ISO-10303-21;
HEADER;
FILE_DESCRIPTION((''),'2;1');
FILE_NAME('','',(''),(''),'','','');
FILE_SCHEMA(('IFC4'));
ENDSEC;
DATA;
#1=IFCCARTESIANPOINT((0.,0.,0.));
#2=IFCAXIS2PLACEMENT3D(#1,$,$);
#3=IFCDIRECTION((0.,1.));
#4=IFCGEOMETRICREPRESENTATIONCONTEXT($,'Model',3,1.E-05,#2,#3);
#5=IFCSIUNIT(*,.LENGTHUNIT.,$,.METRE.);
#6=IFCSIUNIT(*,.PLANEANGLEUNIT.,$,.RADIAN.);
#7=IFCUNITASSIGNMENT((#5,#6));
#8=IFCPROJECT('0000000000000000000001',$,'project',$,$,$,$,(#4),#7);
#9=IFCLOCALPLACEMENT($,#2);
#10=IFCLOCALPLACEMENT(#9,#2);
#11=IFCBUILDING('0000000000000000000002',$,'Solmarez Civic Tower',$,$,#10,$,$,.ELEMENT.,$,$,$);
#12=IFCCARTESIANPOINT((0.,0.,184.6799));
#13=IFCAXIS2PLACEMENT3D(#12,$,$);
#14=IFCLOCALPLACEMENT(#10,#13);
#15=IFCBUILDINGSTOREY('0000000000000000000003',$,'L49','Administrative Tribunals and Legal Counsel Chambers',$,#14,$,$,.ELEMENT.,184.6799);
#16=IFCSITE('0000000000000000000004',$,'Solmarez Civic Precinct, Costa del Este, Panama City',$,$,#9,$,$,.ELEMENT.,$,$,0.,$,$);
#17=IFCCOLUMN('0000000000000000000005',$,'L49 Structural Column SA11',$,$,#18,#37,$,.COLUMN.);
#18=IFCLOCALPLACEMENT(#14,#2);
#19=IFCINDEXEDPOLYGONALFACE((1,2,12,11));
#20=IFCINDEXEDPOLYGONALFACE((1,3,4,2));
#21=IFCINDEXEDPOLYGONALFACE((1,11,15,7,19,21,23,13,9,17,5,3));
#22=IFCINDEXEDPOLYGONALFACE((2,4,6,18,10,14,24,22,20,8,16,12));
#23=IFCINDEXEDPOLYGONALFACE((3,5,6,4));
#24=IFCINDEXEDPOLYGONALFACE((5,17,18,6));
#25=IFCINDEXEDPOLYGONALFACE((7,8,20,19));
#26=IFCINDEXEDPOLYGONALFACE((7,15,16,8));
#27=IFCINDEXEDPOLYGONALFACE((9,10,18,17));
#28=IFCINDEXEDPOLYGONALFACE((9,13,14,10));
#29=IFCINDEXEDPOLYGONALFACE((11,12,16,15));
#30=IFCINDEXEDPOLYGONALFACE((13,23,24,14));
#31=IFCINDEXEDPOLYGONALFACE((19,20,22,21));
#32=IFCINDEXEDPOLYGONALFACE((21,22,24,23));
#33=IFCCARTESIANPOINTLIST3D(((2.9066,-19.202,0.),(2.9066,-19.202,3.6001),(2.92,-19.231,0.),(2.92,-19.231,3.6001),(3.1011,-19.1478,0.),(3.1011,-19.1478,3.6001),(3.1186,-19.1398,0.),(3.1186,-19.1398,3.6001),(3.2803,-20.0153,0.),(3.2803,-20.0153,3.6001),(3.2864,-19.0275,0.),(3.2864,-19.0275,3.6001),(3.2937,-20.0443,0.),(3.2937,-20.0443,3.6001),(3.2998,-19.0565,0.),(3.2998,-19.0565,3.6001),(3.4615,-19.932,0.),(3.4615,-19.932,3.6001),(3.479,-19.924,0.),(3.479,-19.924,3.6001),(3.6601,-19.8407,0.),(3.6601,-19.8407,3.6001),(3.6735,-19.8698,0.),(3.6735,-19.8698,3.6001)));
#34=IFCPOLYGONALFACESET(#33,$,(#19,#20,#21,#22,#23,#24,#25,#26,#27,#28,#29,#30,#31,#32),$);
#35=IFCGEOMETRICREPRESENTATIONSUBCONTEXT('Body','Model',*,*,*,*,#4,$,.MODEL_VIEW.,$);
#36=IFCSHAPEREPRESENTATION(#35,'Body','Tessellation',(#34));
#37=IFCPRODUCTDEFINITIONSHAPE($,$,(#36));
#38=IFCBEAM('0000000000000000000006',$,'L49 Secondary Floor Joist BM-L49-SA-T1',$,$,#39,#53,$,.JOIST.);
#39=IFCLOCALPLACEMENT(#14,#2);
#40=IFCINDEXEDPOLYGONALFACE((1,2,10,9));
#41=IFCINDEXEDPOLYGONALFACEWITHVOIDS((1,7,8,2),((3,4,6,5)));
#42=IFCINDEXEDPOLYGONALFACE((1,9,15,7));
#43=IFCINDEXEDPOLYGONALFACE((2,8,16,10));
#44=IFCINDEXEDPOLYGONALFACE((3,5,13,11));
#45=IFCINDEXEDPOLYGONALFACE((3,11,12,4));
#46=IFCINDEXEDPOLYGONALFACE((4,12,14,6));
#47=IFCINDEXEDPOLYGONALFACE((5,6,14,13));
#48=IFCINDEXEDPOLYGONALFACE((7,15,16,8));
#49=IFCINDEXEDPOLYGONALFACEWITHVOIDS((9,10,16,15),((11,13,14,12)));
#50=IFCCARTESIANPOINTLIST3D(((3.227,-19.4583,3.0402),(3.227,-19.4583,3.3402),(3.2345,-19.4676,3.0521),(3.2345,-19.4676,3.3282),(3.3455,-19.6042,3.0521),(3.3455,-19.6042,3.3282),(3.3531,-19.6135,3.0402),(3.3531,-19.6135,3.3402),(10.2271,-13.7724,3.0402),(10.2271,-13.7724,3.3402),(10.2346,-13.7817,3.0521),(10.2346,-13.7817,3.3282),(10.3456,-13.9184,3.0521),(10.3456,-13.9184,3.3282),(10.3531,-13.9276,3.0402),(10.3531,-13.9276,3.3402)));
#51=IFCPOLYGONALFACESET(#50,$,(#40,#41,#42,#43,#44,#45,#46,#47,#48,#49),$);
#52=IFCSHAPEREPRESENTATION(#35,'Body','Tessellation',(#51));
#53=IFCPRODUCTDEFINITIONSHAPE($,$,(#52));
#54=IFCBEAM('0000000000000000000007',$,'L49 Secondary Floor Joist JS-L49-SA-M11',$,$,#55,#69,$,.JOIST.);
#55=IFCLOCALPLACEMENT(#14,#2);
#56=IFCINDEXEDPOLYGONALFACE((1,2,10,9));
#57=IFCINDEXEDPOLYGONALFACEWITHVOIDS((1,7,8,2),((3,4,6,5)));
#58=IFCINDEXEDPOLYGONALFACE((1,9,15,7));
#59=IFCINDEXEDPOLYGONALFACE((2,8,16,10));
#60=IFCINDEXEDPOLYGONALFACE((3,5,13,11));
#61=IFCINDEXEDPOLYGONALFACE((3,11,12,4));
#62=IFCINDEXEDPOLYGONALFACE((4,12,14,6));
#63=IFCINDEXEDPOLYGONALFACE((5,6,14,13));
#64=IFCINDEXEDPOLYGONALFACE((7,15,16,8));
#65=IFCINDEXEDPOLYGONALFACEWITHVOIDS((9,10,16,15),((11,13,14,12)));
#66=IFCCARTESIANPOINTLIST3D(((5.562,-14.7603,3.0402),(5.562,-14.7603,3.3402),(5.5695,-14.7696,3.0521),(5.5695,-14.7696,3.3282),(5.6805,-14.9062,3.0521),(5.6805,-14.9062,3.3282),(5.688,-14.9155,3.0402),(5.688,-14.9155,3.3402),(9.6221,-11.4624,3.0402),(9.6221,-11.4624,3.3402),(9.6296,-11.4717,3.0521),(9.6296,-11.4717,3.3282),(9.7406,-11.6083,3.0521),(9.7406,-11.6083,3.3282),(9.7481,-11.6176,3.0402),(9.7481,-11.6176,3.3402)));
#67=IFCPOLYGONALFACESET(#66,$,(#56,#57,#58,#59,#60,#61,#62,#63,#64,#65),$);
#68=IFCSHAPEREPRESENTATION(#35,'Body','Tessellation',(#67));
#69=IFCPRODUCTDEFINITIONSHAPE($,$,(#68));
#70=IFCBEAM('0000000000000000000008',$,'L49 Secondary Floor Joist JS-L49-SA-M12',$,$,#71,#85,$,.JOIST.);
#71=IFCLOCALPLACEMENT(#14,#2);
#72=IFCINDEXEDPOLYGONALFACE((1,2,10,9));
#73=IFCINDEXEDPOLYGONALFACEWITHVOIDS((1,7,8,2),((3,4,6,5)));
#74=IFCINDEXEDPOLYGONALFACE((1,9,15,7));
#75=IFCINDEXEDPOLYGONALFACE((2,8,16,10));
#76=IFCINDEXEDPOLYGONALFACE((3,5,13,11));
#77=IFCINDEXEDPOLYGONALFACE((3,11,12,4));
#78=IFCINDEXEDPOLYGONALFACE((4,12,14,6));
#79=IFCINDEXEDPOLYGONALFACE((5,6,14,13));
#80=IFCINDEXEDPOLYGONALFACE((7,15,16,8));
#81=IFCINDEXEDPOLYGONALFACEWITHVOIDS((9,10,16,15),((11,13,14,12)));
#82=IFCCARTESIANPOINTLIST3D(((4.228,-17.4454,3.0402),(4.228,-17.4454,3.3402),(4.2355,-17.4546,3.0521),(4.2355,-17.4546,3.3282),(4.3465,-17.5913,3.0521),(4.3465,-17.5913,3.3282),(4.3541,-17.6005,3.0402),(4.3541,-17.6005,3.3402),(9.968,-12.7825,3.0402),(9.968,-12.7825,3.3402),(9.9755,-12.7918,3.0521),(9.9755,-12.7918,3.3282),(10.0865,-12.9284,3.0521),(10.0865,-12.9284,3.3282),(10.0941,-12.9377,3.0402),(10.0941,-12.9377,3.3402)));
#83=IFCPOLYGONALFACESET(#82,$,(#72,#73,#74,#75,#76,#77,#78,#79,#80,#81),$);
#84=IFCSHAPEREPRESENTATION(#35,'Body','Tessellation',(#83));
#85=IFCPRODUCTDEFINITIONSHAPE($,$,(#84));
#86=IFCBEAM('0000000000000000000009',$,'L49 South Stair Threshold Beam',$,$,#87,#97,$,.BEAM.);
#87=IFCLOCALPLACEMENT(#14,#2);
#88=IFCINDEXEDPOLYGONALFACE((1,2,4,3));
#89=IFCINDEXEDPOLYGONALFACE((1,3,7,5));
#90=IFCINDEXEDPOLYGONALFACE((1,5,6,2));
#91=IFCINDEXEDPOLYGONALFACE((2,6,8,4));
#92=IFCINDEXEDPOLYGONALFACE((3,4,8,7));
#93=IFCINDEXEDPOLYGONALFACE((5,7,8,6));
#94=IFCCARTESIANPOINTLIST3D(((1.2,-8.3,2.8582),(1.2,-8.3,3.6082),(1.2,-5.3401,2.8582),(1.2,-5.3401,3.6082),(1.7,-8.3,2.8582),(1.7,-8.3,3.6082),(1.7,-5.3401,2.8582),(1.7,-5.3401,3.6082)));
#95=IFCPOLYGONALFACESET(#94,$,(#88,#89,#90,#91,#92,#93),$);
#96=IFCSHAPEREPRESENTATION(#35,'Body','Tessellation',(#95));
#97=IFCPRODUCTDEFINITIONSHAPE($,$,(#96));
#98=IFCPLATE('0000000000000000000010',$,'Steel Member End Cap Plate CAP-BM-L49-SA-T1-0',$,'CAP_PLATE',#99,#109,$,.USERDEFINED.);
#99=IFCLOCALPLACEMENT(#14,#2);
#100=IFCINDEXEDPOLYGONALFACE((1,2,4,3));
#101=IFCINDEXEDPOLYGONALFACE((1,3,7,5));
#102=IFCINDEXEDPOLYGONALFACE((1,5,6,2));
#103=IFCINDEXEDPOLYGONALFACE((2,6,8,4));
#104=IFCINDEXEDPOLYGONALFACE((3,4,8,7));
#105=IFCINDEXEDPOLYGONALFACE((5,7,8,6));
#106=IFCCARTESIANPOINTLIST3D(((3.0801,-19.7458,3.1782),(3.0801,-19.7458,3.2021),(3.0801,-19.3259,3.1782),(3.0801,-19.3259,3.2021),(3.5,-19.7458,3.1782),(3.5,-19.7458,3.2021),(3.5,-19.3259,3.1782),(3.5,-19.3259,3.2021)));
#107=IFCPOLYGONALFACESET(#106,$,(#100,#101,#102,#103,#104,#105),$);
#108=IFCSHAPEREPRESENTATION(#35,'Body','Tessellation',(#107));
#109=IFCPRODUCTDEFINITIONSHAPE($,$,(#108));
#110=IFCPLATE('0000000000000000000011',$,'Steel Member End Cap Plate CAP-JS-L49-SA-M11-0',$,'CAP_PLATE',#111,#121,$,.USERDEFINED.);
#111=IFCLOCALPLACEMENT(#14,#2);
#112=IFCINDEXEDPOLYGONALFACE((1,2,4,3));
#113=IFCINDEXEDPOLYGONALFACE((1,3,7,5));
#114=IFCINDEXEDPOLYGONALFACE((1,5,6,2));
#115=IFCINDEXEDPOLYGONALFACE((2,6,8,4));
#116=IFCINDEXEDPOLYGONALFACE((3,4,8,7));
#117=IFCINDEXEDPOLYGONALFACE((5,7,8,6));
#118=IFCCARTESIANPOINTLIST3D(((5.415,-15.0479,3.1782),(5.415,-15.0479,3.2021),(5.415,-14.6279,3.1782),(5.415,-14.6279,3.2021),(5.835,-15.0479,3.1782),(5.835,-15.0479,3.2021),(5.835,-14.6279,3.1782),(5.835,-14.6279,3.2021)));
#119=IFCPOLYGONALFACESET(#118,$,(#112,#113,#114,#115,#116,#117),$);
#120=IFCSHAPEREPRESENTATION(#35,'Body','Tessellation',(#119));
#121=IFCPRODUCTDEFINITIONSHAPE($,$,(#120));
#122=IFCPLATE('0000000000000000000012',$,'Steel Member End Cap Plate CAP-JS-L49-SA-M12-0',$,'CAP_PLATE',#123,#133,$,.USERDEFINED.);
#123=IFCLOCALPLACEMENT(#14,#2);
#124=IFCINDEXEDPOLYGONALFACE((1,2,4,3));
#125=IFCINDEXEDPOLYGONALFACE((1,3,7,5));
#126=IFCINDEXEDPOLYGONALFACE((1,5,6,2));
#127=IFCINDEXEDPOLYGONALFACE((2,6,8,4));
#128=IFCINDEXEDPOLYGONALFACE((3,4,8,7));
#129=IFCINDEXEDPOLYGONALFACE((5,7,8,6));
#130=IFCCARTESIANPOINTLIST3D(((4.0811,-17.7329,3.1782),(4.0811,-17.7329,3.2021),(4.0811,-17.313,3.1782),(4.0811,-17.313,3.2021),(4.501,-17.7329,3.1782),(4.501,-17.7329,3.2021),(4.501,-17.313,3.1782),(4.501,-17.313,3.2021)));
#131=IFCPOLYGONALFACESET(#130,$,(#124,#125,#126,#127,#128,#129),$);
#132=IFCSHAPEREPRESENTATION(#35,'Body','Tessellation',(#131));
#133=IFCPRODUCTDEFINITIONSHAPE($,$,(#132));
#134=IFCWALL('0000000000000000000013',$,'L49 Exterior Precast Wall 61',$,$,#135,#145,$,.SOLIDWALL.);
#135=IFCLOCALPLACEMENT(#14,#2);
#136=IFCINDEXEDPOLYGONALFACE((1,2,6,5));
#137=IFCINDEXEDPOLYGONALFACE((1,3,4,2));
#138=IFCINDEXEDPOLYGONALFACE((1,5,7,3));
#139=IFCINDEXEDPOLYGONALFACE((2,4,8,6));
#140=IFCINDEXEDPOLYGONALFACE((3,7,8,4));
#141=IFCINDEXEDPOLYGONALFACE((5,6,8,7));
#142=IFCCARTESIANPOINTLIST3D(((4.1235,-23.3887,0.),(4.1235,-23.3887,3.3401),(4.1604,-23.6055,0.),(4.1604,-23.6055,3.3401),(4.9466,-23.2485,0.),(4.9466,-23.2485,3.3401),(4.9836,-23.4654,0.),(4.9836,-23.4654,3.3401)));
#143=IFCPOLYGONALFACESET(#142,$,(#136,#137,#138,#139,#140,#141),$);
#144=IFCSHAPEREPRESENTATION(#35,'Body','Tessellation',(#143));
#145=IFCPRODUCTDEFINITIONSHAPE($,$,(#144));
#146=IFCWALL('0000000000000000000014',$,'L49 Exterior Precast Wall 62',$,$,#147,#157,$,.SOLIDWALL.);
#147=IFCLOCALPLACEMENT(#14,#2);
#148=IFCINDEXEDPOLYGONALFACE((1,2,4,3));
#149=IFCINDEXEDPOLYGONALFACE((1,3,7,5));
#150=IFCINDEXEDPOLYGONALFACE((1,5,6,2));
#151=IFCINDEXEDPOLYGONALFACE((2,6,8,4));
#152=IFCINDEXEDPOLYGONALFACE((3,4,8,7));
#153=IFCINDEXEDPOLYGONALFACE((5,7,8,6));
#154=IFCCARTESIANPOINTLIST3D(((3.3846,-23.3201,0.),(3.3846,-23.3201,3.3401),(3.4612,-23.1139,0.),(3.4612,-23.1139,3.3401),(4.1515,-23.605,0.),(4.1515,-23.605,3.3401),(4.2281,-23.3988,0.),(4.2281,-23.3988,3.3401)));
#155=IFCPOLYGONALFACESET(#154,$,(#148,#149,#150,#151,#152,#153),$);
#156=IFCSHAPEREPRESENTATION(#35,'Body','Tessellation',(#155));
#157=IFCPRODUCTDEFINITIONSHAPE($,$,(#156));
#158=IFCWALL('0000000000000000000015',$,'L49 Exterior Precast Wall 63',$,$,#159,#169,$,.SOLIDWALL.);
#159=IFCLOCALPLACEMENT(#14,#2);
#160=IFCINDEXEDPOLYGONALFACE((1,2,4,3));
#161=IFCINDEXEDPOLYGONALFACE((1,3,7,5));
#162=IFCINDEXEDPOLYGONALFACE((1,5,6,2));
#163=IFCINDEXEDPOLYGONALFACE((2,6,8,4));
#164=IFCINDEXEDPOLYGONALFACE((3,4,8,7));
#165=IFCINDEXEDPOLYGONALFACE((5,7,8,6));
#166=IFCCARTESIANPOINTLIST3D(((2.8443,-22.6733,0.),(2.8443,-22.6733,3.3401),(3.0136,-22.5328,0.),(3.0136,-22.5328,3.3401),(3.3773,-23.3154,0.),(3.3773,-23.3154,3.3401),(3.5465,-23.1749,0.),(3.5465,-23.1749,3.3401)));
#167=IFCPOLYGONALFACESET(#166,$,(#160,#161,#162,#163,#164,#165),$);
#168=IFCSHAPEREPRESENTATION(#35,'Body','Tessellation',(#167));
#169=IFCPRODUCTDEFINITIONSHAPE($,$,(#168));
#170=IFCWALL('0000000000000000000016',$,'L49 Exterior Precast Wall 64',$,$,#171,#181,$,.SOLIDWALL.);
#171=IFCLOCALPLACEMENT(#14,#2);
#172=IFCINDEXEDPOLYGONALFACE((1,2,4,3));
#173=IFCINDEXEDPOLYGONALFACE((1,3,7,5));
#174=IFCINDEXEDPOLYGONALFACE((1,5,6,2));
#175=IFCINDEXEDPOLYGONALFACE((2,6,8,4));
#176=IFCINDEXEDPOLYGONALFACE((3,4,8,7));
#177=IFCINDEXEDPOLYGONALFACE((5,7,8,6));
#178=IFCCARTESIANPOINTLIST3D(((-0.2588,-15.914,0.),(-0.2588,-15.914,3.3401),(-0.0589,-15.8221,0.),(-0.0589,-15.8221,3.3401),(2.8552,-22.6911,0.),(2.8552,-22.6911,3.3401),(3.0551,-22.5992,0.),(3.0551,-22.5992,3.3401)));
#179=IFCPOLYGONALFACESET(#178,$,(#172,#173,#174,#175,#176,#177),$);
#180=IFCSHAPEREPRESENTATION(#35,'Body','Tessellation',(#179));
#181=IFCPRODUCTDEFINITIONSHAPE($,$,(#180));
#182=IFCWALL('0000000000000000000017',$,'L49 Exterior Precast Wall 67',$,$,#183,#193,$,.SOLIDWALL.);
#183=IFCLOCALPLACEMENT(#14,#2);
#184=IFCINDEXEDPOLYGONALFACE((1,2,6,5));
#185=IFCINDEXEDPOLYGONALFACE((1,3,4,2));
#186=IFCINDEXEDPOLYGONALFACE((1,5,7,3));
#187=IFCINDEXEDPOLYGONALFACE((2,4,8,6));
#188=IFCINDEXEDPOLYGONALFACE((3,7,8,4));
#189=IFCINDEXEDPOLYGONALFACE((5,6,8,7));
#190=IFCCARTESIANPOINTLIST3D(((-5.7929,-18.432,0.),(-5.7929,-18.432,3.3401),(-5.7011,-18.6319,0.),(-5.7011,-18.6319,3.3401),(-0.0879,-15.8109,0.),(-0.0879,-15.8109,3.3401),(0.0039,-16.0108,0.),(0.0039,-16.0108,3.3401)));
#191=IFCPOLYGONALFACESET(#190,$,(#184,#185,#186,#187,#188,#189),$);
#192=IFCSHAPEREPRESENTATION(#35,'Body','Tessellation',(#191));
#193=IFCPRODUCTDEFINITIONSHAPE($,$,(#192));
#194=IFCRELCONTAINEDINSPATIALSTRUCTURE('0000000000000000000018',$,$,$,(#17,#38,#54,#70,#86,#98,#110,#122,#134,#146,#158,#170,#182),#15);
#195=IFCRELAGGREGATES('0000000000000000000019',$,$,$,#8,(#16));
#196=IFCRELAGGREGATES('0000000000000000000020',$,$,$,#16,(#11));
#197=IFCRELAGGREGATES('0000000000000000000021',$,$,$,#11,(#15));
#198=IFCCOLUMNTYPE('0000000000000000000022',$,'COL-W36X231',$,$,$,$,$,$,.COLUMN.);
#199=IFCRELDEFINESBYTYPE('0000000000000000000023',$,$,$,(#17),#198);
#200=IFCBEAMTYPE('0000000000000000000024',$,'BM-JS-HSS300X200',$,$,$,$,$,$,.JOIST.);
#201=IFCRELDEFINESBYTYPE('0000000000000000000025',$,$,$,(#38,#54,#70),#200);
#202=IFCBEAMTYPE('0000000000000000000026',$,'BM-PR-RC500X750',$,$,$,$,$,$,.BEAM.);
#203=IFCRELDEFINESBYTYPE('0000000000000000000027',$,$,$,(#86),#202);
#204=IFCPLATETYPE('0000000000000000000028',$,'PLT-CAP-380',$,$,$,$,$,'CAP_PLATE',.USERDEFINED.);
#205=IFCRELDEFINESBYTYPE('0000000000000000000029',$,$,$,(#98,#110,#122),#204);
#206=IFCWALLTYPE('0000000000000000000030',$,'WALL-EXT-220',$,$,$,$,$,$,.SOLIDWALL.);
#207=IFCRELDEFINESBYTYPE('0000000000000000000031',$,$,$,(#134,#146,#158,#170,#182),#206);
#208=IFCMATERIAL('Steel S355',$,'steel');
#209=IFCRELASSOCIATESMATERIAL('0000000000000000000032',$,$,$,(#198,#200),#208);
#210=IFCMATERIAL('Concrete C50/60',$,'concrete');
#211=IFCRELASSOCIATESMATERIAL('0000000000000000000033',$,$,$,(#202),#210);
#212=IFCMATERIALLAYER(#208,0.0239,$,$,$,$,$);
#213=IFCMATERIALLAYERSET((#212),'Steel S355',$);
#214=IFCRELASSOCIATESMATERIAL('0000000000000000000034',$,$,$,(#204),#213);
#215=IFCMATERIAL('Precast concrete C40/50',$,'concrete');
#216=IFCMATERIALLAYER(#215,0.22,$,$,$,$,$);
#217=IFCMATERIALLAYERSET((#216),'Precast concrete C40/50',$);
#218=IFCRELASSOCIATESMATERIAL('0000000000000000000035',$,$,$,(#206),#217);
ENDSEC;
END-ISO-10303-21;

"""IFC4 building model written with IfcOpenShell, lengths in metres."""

from ifc_helpers import new_model, si_unit, direction, frame, frame_2d, origin, origin_2d, place, context, subcontext, project, spatial, rectangle, hollow_rectangle, i_section, extrude, material, layer, layer_set, material_profile, profile_set, type_object, element, save


model = new_model("IFC4")

# Units and contexts
model_context = context("Model", 3, precision=1e-05, world=origin(), true_north=direction((0.0, 1.0)))
body_context = subcontext(model_context, "Body", "Model", "MODEL_VIEW")
ifc_project = project(units=[si_unit("LENGTHUNIT", "METRE"), si_unit("PLANEANGLEUNIT", "RADIAN")], contexts=[model_context])

# Site, building, storey
site_placement = place(None, origin())
site = spatial("IfcSite", under=ifc_project, at=site_placement, Name="Solmarez Civic Precinct, Costa del Este, Panama City", CompositionType="ELEMENT", RefElevation=0.0)
building_placement = place(site_placement, origin())
building = spatial("IfcBuilding", under=site, at=building_placement, Name="Solmarez Civic Tower", CompositionType="ELEMENT")
storey_placement = place(building_placement, frame((0.0, 0.0, 184.6799)))
storey = spatial("IfcBuildingStorey", under=building, at=storey_placement, Name="L49", Description="Administrative Tribunals and Legal Counsel Chambers", CompositionType="ELEMENT", Elevation=184.6799)

# Column
ifc_material_1 = material(Name="Steel S355", Category="steel")
ifc_material_profile_1 = material_profile(ifc_material_1, i_section(OverallWidth=0.418, OverallDepth=0.927, WebThickness=0.0193, FlangeThickness=0.032, at=origin_2d()), Name="W36X231")
ifc_profile_set_1 = profile_set([ifc_material_profile_1], Name="Steel S355")
column_type = type_object("IfcColumnType", Name="COL-W36X231", PredefinedType="COLUMN", material=ifc_profile_set_1)
column_placement = place(storey_placement, frame((3.29, -19.5359, 0.0), z_axis=(0.0, 0.0, 1.0), x_axis=(0.908654, 0.41755, 0.0)))
element("IfcColumn", 1, at=column_placement, inside=storey, type_object=column_type, Name="L49 Structural Column SA11", PredefinedType="COLUMN", context=body_context, shape_type="SweptSolid", body=[
    extrude(i_section(OverallWidth=0.418, OverallDepth=0.927, WebThickness=0.0193, FlangeThickness=0.032, at=origin_2d()), origin(), (0.0, 0.0, 1.0), 3.6001),
])

# Beams
ifc_material_profile_2 = material_profile(ifc_material_1, hollow_rectangle(XDim=0.2, YDim=0.3, WallThickness=0.012, at=origin_2d()), Name="HSS300X200X12")
ifc_profile_set_2 = profile_set([ifc_material_profile_2], Name="Steel S355")
beam_type_1 = type_object("IfcBeamType", Name="BM-JS-HSS300X200", PredefinedType="JOIST", material=ifc_profile_set_2)
beam_1_placement = place(storey_placement, frame((3.29, -19.5359, 3.1902), z_axis=(0.776207, 0.630478, 0.0), x_axis=(-0.630478, 0.776207, 0.0)))
element("IfcBeam", 2, at=beam_1_placement, inside=storey, type_object=beam_type_1, Name="L49 Secondary Floor Joist BM-L49-SA-T1", PredefinedType="JOIST", context=body_context, shape_type="SweptSolid", body=[
    extrude(hollow_rectangle(XDim=0.2, YDim=0.3, WallThickness=0.012, at=origin_2d()), origin(), (0.0, 0.0, 1.0), 9.0183),
])
beam_2_placement = place(storey_placement, frame((5.625, -14.8379, 3.1902), z_axis=(0.776203, 0.630484, 0.0), x_axis=(-0.630484, 0.776203, 0.0)))
element("IfcBeam", 3, at=beam_2_placement, inside=storey, type_object=beam_type_1, Name="L49 Secondary Floor Joist JS-L49-SA-M11", PredefinedType="JOIST", context=body_context, shape_type="SweptSolid", body=[
    extrude(hollow_rectangle(XDim=0.2, YDim=0.3, WallThickness=0.012, at=origin_2d()), origin(), (0.0, 0.0, 1.0), 5.2307),
])
beam_3_placement = place(storey_placement, frame((4.291, -17.5229, 3.1902), z_axis=(0.776174, 0.630519, 0.0), x_axis=(-0.630519, 0.776174, 0.0)))
element("IfcBeam", 4, at=beam_3_placement, inside=storey, type_object=beam_type_1, Name="L49 Secondary Floor Joist JS-L49-SA-M12", PredefinedType="JOIST", context=body_context, shape_type="SweptSolid", body=[
    extrude(hollow_rectangle(XDim=0.2, YDim=0.3, WallThickness=0.012, at=origin_2d()), origin(), (0.0, 0.0, 1.0), 7.3953),
])
ifc_material_2 = material(Name="Concrete C50/60", Category="concrete")
ifc_material_profile_3 = material_profile(ifc_material_2, rectangle(XDim=0.5, YDim=0.75, at=origin_2d()), Name="RC500X750")
ifc_profile_set_3 = profile_set([ifc_material_profile_3], Name="Concrete C50/60")
beam_type_2 = type_object("IfcBeamType", Name="BM-PR-RC500X750", PredefinedType="BEAM", material=ifc_profile_set_3)
beam_4_placement = place(storey_placement, frame((1.45, -8.3, 3.2332), z_axis=(0.0, 1.0, 0.0), x_axis=(-1.0, 0.0, 0.0)))
element("IfcBeam", 5, at=beam_4_placement, inside=storey, type_object=beam_type_2, Name="L49 South Stair Threshold Beam", PredefinedType="BEAM", context=body_context, shape_type="SweptSolid", body=[
    extrude(rectangle(XDim=0.5, YDim=0.75, at=origin_2d()), origin(), (0.0, 0.0, 1.0), 2.96),
])

# Plates
ifc_layer_1 = layer(ifc_material_1, 0.0239)
ifc_layer_set_1 = layer_set([ifc_layer_1], Name="Steel S355")
plate_type = type_object("IfcPlateType", Name="PLT-CAP-380", ElementType="CAP_PLATE", PredefinedType="USERDEFINED", material=ifc_layer_set_1)
for number, where, z_axis, x_axis, name in (
    (6, (3.29, -19.5359, 3.1782), (0.0, 0.0, 1.0), (1.0, 0.0, 0.0), "Steel Member End Cap Plate CAP-BM-L49-SA-T1-0"),
    (7, (5.625, -14.8379, 3.1782), (0.0, 0.0, 1.0), (1.0, 0.0, 0.0), "Steel Member End Cap Plate CAP-JS-L49-SA-M11-0"),
    (8, (4.291, -17.5229, 3.1782), (0.0, 0.0, 1.0), (1.0, 0.0, 0.0), "Steel Member End Cap Plate CAP-JS-L49-SA-M12-0"),
):
    element("IfcPlate", number, at=place(storey_placement, frame(where, z_axis=z_axis, x_axis=x_axis)), inside=storey, type_object=plate_type, Name=name, ObjectType="CAP_PLATE", PredefinedType="USERDEFINED", context=body_context, shape_type="SweptSolid", body=[
        extrude(rectangle(XDim=0.4199, YDim=0.4199, at=origin_2d()), origin(), (0.0, 0.0, 1.0), 0.0239),
    ])

# Walls
ifc_material_3 = material(Name="Precast concrete C40/50", Category="concrete")
ifc_layer_2 = layer(ifc_material_3, 0.22)
ifc_layer_set_2 = layer_set([ifc_layer_2], Name="Precast concrete C40/50")
wall_type_1 = type_object("IfcWallType", Name="WALL-EXT-220", PredefinedType="SOLIDWALL", material=ifc_layer_set_2)
wall_1_placement = place(storey_placement, frame((4.9651, -23.3569, 0.0), z_axis=(0.0, 0.0, 1.0), x_axis=(-0.985811, -0.16786, 0.0)))
element("IfcWall", 9, at=wall_1_placement, inside=storey, type_object=wall_type_1, Name="L49 Exterior Precast Wall 61", PredefinedType="SOLIDWALL", context=body_context, shape_type="SweptSolid", body=[
    extrude(rectangle(XDim=0.835, YDim=0.22, at=frame_2d((0.4175, 0.0))), origin(), (0.0, 0.0, 1.0), 3.3401),
])
wall_2_placement = place(storey_placement, frame((4.1899, -23.502, 0.0), z_axis=(0.0, 0.0, 1.0), x_axis=(-0.937392, 0.348276, 0.0)))
element("IfcWall", 10, at=wall_2_placement, inside=storey, type_object=wall_type_1, Name="L49 Exterior Precast Wall 62", PredefinedType="SOLIDWALL", context=body_context, shape_type="SweptSolid", body=[
    extrude(rectangle(XDim=0.8181, YDim=0.22, at=frame_2d((0.4092, 0.0))), origin(), (0.0, 0.0, 1.0), 3.3401),
])
wall_3_placement = place(storey_placement, frame((3.4619, -23.2451, 0.0), z_axis=(0.0, 0.0, 1.0), x_axis=(-0.638687, 0.769467, 0.0)))
element("IfcWall", 11, at=wall_3_placement, inside=storey, type_object=wall_type_1, Name="L49 Exterior Precast Wall 63", PredefinedType="SOLIDWALL", context=body_context, shape_type="SweptSolid", body=[
    extrude(rectangle(XDim=0.8345, YDim=0.22, at=frame_2d((0.4172, 0.0))), origin(), (0.0, 0.0, 1.0), 3.3401),
])
wall_4_placement = place(storey_placement, frame((2.9551, -22.645, 0.0), z_axis=(0.0, 0.0, 1.0), x_axis=(-0.417524, 0.908666, 0.0)))
element("IfcWall", 12, at=wall_4_placement, inside=storey, type_object=wall_type_1, Name="L49 Exterior Precast Wall 64", PredefinedType="SOLIDWALL", context=body_context, shape_type="SweptSolid", body=[
    extrude(rectangle(XDim=7.4583, YDim=0.22, at=frame_2d((3.729, 0.0))), origin(), (0.0, 0.0, 1.0), 3.3401),
])
wall_5_placement = place(storey_placement, frame((-0.042, -15.9109, 0.0), z_axis=(0.0, 0.0, 1.0), x_axis=(-0.908686, -0.417479, 0.0)))
element("IfcWall", 13, at=wall_5_placement, inside=storey, type_object=wall_type_1, Name="L49 Exterior Precast Wall 67", PredefinedType="SOLIDWALL", context=body_context, shape_type="SweptSolid", body=[
    extrude(rectangle(XDim=6.2783, YDim=0.22, at=frame_2d((3.1392, 0.0))), origin(), (0.0, 0.0, 1.0), 3.3401),
])

save(model, "model.ifc")
